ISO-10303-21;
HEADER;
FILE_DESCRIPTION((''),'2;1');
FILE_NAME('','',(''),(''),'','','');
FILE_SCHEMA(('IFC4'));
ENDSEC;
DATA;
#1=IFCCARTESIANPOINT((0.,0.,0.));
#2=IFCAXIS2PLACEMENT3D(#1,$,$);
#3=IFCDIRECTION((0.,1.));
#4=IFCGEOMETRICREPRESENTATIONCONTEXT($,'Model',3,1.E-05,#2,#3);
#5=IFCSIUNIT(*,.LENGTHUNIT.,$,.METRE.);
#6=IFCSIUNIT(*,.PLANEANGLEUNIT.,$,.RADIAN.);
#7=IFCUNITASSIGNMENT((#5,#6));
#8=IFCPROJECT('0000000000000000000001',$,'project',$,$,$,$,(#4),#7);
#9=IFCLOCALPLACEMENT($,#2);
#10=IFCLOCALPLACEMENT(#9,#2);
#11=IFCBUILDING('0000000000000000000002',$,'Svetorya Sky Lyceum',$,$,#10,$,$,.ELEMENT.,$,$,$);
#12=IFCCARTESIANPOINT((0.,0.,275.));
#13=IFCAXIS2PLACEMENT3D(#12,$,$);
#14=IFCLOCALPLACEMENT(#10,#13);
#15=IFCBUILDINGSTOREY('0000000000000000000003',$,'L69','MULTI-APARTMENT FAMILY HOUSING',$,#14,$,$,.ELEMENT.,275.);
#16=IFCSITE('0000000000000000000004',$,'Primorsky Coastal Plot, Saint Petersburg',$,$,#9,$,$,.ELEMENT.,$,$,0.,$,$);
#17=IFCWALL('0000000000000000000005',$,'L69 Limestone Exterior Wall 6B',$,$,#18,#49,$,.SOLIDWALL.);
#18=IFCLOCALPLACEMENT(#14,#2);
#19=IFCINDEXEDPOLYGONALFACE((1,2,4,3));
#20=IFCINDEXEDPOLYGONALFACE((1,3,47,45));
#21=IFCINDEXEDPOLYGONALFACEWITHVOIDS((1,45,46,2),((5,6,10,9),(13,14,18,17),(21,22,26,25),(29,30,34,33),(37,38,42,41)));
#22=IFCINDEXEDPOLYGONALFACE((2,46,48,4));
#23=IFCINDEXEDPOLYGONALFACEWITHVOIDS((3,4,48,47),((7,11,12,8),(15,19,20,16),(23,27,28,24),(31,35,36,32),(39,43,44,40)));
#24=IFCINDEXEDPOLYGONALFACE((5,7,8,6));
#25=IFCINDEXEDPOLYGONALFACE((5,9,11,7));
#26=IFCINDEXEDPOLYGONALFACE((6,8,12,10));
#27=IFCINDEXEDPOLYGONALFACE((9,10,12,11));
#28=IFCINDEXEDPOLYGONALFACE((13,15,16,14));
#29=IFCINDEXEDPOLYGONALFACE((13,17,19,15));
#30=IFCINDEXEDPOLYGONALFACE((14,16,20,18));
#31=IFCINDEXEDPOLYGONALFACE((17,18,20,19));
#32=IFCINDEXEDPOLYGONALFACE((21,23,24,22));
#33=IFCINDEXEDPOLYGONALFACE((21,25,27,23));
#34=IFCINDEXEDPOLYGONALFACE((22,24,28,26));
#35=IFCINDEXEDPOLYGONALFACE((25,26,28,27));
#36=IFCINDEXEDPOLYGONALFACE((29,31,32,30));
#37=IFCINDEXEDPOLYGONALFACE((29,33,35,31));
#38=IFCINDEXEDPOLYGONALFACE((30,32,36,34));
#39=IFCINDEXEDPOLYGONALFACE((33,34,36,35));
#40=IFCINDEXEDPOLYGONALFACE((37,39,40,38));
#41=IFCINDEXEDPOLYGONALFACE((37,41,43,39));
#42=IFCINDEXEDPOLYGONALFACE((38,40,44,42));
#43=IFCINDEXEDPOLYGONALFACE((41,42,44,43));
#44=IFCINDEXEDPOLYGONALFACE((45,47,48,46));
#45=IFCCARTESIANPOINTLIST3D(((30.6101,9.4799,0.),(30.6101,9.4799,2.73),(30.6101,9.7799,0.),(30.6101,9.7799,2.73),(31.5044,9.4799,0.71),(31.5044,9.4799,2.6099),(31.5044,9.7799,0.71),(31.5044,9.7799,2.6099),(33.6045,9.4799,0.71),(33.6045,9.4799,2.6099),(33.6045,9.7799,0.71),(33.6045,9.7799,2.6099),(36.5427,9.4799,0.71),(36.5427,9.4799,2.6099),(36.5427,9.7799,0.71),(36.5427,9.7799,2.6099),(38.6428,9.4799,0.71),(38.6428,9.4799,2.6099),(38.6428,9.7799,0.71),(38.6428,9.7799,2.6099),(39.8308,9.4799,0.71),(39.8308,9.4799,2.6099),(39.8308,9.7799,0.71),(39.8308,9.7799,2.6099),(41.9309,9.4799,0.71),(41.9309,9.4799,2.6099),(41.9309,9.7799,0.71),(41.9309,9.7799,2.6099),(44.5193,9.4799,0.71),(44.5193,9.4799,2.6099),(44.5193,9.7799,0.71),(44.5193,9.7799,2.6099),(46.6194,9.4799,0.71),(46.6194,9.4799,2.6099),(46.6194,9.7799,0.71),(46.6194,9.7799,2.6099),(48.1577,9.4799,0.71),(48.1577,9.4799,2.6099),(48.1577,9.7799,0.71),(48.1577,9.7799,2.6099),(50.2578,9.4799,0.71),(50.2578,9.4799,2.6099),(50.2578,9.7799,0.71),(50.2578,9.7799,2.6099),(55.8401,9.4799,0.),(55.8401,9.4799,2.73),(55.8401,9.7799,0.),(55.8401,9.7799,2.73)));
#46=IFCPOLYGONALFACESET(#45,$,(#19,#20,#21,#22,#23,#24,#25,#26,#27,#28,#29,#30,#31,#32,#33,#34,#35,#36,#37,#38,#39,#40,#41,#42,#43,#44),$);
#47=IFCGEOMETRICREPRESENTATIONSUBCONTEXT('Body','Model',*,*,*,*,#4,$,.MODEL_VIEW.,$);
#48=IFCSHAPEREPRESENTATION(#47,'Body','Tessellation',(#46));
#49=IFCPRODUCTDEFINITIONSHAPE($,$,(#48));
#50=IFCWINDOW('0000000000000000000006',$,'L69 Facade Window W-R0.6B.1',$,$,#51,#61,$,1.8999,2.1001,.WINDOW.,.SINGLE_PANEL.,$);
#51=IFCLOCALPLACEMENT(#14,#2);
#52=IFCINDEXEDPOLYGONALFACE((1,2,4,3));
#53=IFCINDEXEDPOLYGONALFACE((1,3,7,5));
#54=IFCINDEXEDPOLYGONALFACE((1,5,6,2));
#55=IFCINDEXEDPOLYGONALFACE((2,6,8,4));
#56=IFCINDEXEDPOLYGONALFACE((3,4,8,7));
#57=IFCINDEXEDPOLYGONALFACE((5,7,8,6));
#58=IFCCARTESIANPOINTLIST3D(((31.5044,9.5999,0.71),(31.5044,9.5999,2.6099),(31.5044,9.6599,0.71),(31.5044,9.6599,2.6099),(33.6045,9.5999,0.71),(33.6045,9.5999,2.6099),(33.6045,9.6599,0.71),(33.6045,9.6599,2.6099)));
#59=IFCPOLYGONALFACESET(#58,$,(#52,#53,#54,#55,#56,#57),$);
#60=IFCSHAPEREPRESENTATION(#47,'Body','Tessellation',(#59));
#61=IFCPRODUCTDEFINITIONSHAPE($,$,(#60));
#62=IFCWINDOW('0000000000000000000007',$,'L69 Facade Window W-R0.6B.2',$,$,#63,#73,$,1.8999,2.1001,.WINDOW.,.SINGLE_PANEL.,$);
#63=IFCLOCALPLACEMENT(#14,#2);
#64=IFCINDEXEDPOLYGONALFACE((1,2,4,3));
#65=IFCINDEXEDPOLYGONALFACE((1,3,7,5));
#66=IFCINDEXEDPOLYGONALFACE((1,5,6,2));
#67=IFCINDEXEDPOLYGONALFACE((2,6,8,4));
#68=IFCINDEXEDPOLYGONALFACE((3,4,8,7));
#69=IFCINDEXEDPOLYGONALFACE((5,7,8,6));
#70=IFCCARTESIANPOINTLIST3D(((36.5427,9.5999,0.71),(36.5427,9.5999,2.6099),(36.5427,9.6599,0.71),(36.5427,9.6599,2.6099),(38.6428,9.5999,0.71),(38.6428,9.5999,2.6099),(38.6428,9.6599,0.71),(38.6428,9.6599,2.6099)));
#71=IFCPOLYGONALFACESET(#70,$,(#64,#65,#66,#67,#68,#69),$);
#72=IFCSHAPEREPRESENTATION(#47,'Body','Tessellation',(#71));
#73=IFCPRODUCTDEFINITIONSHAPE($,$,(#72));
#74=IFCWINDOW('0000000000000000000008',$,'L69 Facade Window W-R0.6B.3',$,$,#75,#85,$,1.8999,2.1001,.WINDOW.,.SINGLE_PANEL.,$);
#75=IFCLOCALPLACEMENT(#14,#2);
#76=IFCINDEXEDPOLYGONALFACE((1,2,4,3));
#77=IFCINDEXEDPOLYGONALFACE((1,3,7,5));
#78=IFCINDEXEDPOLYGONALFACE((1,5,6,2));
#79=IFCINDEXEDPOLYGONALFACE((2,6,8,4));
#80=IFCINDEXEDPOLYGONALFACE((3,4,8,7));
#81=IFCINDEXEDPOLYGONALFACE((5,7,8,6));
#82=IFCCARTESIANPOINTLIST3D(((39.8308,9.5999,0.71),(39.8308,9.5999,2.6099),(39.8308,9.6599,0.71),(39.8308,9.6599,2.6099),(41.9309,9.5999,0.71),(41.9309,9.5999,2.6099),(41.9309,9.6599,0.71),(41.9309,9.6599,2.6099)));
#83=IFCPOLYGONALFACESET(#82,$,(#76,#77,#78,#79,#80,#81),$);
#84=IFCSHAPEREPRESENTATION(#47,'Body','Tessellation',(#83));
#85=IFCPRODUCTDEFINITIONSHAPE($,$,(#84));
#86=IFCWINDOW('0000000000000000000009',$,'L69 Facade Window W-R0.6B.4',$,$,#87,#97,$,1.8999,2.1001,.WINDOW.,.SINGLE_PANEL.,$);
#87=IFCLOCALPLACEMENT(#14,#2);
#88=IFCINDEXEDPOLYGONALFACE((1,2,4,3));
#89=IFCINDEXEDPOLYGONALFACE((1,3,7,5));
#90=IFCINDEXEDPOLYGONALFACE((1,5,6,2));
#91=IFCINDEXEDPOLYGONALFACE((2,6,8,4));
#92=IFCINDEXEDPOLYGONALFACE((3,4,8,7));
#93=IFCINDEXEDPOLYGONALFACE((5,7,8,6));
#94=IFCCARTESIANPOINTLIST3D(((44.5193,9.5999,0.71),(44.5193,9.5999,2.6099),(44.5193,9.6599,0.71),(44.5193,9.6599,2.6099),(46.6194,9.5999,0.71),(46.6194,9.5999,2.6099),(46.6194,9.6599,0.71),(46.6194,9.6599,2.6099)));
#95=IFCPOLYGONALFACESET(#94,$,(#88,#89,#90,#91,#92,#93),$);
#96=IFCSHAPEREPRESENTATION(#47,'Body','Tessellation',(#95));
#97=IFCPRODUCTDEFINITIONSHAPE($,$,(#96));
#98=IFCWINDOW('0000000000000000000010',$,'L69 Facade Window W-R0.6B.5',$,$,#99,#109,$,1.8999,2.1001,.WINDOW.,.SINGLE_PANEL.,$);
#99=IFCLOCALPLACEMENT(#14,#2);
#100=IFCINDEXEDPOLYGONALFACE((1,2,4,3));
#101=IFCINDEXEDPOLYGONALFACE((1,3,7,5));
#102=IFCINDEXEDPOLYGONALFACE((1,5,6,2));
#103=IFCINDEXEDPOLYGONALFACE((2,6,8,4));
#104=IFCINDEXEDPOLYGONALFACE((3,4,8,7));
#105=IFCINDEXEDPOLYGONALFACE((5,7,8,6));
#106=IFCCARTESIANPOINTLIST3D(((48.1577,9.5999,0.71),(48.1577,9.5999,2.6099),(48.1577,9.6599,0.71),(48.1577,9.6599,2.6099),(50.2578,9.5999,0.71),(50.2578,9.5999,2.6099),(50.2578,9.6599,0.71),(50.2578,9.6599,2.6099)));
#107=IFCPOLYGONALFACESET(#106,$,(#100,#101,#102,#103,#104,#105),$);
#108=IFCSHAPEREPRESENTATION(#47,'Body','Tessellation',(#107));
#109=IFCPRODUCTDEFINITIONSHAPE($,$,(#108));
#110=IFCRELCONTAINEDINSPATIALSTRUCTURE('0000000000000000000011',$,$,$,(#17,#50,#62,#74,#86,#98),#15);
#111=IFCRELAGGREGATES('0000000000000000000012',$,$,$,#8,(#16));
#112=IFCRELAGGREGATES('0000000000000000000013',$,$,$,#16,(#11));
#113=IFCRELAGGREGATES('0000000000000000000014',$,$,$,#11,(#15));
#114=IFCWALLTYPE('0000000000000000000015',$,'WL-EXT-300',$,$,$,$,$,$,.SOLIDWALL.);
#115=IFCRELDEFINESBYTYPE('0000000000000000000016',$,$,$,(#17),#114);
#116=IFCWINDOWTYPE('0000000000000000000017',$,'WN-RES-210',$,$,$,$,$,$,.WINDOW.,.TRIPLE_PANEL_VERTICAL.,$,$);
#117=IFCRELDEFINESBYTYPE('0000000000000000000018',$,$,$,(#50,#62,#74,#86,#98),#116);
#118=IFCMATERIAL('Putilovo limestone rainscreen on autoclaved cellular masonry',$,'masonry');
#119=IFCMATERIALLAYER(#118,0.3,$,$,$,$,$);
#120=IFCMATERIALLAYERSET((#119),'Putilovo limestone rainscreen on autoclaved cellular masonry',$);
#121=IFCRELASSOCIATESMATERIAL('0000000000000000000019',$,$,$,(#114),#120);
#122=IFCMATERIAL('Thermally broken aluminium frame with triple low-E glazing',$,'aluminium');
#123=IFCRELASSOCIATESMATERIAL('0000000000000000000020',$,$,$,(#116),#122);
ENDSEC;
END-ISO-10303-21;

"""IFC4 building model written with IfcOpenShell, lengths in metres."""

from ifc_helpers import new_model, si_unit, direction, frame, frame_2d, origin, place, context, subcontext, project, spatial, rectangle, extrude, material, layer, layer_set, type_object, element, fill, save


model = new_model("IFC4")

# Units and contexts
model_context = context("Model", 3, precision=1e-05, world=origin(), true_north=direction((0.0, 1.0)))
body_context = subcontext(model_context, "Body", "Model", "MODEL_VIEW")
ifc_project = project(units=[si_unit("LENGTHUNIT", "METRE"), si_unit("PLANEANGLEUNIT", "RADIAN")], contexts=[model_context])

# Site, building, storey
site_placement = place(None, origin())
site = spatial("IfcSite", under=ifc_project, at=site_placement, Name="Primorsky Coastal Plot, Saint Petersburg", CompositionType="ELEMENT", RefElevation=0.0)
building_placement = place(site_placement, origin())
building = spatial("IfcBuilding", under=site, at=building_placement, Name="Svetorya Sky Lyceum", CompositionType="ELEMENT")
storey_placement = place(building_placement, frame((0.0, 0.0, 275.0)))
storey = spatial("IfcBuildingStorey", under=building, at=storey_placement, Name="L69", Description="MULTI-APARTMENT FAMILY HOUSING", CompositionType="ELEMENT", Elevation=275.0)

# Wall, openings, windows
ifc_material_1 = material(Name="Putilovo limestone rainscreen on autoclaved cellular masonry", Category="masonry")
ifc_layer_1 = layer(ifc_material_1, 0.3)
ifc_layer_set_1 = layer_set([ifc_layer_1], Name="Putilovo limestone rainscreen on autoclaved cellular masonry")
wall_type = type_object("IfcWallType", Name="WL-EXT-300", PredefinedType="SOLIDWALL", material=ifc_layer_set_1)
wall_placement = place(storey_placement, frame((30.6101, 9.6299, 0.0), z_axis=(0.0, 0.0, 1.0), x_axis=(1.0, 0.0, 0.0)))
wall = element("IfcWall", 1, at=wall_placement, inside=storey, type_object=wall_type, Name="L69 Limestone Exterior Wall 6B", PredefinedType="SOLIDWALL", context=body_context, shape_type="SweptSolid", body=[
    extrude(rectangle(XDim=25.23, YDim=0.3, at=frame_2d((12.615, 0.0))), origin(), (0.0, 0.0, 1.0), 2.73),
])
opening_1_placement = place(wall_placement, frame((0.8943, 0.0, 0.71)))
opening_1 = element("IfcOpeningElement", 2, at=opening_1_placement, cuts=wall, PredefinedType="OPENING", context=body_context, shape_type="SweptSolid", body=[
    extrude(rectangle(XDim=2.1001, YDim=1.8999, at=frame_2d((1.05, 0.95))), frame((0.0, 0.1599, 0.0), z_axis=(0.0, -1.0, 0.0), x_axis=(1.0, 0.0, 0.0)), (0.0, 0.0, 1.0), 0.3201),
])
opening_2_placement = place(wall_placement, frame((5.9326, 0.0, 0.71)))
opening_2 = element("IfcOpeningElement", 3, at=opening_2_placement, cuts=wall, PredefinedType="OPENING", context=body_context, shape_type="SweptSolid", body=[
    extrude(rectangle(XDim=2.1001, YDim=1.8999, at=frame_2d((1.05, 0.95))), frame((0.0, 0.1599, 0.0), z_axis=(0.0, -1.0, 0.0), x_axis=(1.0, 0.0, 0.0)), (0.0, 0.0, 1.0), 0.3201),
])
opening_3_placement = place(wall_placement, frame((9.2207, 0.0, 0.71)))
opening_3 = element("IfcOpeningElement", 4, at=opening_3_placement, cuts=wall, PredefinedType="OPENING", context=body_context, shape_type="SweptSolid", body=[
    extrude(rectangle(XDim=2.1001, YDim=1.8999, at=frame_2d((1.05, 0.95))), frame((0.0, 0.1599, 0.0), z_axis=(0.0, -1.0, 0.0), x_axis=(1.0, 0.0, 0.0)), (0.0, 0.0, 1.0), 0.3201),
])
opening_4_placement = place(wall_placement, frame((13.9092, 0.0, 0.71)))
opening_4 = element("IfcOpeningElement", 5, at=opening_4_placement, cuts=wall, PredefinedType="OPENING", context=body_context, shape_type="SweptSolid", body=[
    extrude(rectangle(XDim=2.1001, YDim=1.8999, at=frame_2d((1.05, 0.95))), frame((0.0, 0.1599, 0.0), z_axis=(0.0, -1.0, 0.0), x_axis=(1.0, 0.0, 0.0)), (0.0, 0.0, 1.0), 0.3201),
])
opening_5_placement = place(wall_placement, frame((17.5476, 0.0, 0.71)))
opening_5 = element("IfcOpeningElement", 6, at=opening_5_placement, cuts=wall, PredefinedType="OPENING", context=body_context, shape_type="SweptSolid", body=[
    extrude(rectangle(XDim=2.1001, YDim=1.8999, at=frame_2d((1.05, 0.95))), frame((0.0, 0.1599, 0.0), z_axis=(0.0, -1.0, 0.0), x_axis=(1.0, 0.0, 0.0)), (0.0, 0.0, 1.0), 0.3201),
])
ifc_material_2 = material(Name="Thermally broken aluminium frame with triple low-E glazing", Category="aluminium")
window_type = type_object("IfcWindowType", Name="WN-RES-210", PartitioningType="TRIPLE_PANEL_VERTICAL", PredefinedType="WINDOW", material=ifc_material_2)
window_1_placement = place(opening_1_placement, origin())
window_1 = element("IfcWindow", 7, at=window_1_placement, inside=storey, type_object=window_type, Name="L69 Facade Window W-R0.6B.1", OverallHeight=1.8999, OverallWidth=2.1001, PartitioningType="SINGLE_PANEL", PredefinedType="WINDOW", context=body_context, shape_type="SweptSolid", body=[
    extrude(rectangle(XDim=2.1001, YDim=1.8999, at=frame_2d((1.05, 0.95))), frame((0.0, 0.03, 0.0), z_axis=(0.0, -1.0, 0.0), x_axis=(1.0, 0.0, 0.0)), (0.0, 0.0, 1.0), 0.0601),
])
fill(opening_1, window_1)
window_2_placement = place(opening_2_placement, origin())
window_2 = element("IfcWindow", 8, at=window_2_placement, inside=storey, type_object=window_type, Name="L69 Facade Window W-R0.6B.2", OverallHeight=1.8999, OverallWidth=2.1001, PartitioningType="SINGLE_PANEL", PredefinedType="WINDOW", context=body_context, shape_type="SweptSolid", body=[
    extrude(rectangle(XDim=2.1001, YDim=1.8999, at=frame_2d((1.05, 0.95))), frame((0.0, 0.03, 0.0), z_axis=(0.0, -1.0, 0.0), x_axis=(1.0, 0.0, 0.0)), (0.0, 0.0, 1.0), 0.0601),
])
fill(opening_2, window_2)
window_3_placement = place(opening_3_placement, origin())
window_3 = element("IfcWindow", 9, at=window_3_placement, inside=storey, type_object=window_type, Name="L69 Facade Window W-R0.6B.3", OverallHeight=1.8999, OverallWidth=2.1001, PartitioningType="SINGLE_PANEL", PredefinedType="WINDOW", context=body_context, shape_type="SweptSolid", body=[
    extrude(rectangle(XDim=2.1001, YDim=1.8999, at=frame_2d((1.05, 0.95))), frame((0.0, 0.03, 0.0), z_axis=(0.0, -1.0, 0.0), x_axis=(1.0, 0.0, 0.0)), (0.0, 0.0, 1.0), 0.0601),
])
fill(opening_3, window_3)
window_4_placement = place(opening_4_placement, origin())
window_4 = element("IfcWindow", 10, at=window_4_placement, inside=storey, type_object=window_type, Name="L69 Facade Window W-R0.6B.4", OverallHeight=1.8999, OverallWidth=2.1001, PartitioningType="SINGLE_PANEL", PredefinedType="WINDOW", context=body_context, shape_type="SweptSolid", body=[
    extrude(rectangle(XDim=2.1001, YDim=1.8999, at=frame_2d((1.05, 0.95))), frame((0.0, 0.03, 0.0), z_axis=(0.0, -1.0, 0.0), x_axis=(1.0, 0.0, 0.0)), (0.0, 0.0, 1.0), 0.0601),
])
fill(opening_4, window_4)
window_5_placement = place(opening_5_placement, origin())
window_5 = element("IfcWindow", 11, at=window_5_placement, inside=storey, type_object=window_type, Name="L69 Facade Window W-R0.6B.5", OverallHeight=1.8999, OverallWidth=2.1001, PartitioningType="SINGLE_PANEL", PredefinedType="WINDOW", context=body_context, shape_type="SweptSolid", body=[
    extrude(rectangle(XDim=2.1001, YDim=1.8999, at=frame_2d((1.05, 0.95))), frame((0.0, 0.03, 0.0), z_axis=(0.0, -1.0, 0.0), x_axis=(1.0, 0.0, 0.0)), (0.0, 0.0, 1.0), 0.0601),
])
fill(opening_5, window_5)

save(model, "model.ifc")
